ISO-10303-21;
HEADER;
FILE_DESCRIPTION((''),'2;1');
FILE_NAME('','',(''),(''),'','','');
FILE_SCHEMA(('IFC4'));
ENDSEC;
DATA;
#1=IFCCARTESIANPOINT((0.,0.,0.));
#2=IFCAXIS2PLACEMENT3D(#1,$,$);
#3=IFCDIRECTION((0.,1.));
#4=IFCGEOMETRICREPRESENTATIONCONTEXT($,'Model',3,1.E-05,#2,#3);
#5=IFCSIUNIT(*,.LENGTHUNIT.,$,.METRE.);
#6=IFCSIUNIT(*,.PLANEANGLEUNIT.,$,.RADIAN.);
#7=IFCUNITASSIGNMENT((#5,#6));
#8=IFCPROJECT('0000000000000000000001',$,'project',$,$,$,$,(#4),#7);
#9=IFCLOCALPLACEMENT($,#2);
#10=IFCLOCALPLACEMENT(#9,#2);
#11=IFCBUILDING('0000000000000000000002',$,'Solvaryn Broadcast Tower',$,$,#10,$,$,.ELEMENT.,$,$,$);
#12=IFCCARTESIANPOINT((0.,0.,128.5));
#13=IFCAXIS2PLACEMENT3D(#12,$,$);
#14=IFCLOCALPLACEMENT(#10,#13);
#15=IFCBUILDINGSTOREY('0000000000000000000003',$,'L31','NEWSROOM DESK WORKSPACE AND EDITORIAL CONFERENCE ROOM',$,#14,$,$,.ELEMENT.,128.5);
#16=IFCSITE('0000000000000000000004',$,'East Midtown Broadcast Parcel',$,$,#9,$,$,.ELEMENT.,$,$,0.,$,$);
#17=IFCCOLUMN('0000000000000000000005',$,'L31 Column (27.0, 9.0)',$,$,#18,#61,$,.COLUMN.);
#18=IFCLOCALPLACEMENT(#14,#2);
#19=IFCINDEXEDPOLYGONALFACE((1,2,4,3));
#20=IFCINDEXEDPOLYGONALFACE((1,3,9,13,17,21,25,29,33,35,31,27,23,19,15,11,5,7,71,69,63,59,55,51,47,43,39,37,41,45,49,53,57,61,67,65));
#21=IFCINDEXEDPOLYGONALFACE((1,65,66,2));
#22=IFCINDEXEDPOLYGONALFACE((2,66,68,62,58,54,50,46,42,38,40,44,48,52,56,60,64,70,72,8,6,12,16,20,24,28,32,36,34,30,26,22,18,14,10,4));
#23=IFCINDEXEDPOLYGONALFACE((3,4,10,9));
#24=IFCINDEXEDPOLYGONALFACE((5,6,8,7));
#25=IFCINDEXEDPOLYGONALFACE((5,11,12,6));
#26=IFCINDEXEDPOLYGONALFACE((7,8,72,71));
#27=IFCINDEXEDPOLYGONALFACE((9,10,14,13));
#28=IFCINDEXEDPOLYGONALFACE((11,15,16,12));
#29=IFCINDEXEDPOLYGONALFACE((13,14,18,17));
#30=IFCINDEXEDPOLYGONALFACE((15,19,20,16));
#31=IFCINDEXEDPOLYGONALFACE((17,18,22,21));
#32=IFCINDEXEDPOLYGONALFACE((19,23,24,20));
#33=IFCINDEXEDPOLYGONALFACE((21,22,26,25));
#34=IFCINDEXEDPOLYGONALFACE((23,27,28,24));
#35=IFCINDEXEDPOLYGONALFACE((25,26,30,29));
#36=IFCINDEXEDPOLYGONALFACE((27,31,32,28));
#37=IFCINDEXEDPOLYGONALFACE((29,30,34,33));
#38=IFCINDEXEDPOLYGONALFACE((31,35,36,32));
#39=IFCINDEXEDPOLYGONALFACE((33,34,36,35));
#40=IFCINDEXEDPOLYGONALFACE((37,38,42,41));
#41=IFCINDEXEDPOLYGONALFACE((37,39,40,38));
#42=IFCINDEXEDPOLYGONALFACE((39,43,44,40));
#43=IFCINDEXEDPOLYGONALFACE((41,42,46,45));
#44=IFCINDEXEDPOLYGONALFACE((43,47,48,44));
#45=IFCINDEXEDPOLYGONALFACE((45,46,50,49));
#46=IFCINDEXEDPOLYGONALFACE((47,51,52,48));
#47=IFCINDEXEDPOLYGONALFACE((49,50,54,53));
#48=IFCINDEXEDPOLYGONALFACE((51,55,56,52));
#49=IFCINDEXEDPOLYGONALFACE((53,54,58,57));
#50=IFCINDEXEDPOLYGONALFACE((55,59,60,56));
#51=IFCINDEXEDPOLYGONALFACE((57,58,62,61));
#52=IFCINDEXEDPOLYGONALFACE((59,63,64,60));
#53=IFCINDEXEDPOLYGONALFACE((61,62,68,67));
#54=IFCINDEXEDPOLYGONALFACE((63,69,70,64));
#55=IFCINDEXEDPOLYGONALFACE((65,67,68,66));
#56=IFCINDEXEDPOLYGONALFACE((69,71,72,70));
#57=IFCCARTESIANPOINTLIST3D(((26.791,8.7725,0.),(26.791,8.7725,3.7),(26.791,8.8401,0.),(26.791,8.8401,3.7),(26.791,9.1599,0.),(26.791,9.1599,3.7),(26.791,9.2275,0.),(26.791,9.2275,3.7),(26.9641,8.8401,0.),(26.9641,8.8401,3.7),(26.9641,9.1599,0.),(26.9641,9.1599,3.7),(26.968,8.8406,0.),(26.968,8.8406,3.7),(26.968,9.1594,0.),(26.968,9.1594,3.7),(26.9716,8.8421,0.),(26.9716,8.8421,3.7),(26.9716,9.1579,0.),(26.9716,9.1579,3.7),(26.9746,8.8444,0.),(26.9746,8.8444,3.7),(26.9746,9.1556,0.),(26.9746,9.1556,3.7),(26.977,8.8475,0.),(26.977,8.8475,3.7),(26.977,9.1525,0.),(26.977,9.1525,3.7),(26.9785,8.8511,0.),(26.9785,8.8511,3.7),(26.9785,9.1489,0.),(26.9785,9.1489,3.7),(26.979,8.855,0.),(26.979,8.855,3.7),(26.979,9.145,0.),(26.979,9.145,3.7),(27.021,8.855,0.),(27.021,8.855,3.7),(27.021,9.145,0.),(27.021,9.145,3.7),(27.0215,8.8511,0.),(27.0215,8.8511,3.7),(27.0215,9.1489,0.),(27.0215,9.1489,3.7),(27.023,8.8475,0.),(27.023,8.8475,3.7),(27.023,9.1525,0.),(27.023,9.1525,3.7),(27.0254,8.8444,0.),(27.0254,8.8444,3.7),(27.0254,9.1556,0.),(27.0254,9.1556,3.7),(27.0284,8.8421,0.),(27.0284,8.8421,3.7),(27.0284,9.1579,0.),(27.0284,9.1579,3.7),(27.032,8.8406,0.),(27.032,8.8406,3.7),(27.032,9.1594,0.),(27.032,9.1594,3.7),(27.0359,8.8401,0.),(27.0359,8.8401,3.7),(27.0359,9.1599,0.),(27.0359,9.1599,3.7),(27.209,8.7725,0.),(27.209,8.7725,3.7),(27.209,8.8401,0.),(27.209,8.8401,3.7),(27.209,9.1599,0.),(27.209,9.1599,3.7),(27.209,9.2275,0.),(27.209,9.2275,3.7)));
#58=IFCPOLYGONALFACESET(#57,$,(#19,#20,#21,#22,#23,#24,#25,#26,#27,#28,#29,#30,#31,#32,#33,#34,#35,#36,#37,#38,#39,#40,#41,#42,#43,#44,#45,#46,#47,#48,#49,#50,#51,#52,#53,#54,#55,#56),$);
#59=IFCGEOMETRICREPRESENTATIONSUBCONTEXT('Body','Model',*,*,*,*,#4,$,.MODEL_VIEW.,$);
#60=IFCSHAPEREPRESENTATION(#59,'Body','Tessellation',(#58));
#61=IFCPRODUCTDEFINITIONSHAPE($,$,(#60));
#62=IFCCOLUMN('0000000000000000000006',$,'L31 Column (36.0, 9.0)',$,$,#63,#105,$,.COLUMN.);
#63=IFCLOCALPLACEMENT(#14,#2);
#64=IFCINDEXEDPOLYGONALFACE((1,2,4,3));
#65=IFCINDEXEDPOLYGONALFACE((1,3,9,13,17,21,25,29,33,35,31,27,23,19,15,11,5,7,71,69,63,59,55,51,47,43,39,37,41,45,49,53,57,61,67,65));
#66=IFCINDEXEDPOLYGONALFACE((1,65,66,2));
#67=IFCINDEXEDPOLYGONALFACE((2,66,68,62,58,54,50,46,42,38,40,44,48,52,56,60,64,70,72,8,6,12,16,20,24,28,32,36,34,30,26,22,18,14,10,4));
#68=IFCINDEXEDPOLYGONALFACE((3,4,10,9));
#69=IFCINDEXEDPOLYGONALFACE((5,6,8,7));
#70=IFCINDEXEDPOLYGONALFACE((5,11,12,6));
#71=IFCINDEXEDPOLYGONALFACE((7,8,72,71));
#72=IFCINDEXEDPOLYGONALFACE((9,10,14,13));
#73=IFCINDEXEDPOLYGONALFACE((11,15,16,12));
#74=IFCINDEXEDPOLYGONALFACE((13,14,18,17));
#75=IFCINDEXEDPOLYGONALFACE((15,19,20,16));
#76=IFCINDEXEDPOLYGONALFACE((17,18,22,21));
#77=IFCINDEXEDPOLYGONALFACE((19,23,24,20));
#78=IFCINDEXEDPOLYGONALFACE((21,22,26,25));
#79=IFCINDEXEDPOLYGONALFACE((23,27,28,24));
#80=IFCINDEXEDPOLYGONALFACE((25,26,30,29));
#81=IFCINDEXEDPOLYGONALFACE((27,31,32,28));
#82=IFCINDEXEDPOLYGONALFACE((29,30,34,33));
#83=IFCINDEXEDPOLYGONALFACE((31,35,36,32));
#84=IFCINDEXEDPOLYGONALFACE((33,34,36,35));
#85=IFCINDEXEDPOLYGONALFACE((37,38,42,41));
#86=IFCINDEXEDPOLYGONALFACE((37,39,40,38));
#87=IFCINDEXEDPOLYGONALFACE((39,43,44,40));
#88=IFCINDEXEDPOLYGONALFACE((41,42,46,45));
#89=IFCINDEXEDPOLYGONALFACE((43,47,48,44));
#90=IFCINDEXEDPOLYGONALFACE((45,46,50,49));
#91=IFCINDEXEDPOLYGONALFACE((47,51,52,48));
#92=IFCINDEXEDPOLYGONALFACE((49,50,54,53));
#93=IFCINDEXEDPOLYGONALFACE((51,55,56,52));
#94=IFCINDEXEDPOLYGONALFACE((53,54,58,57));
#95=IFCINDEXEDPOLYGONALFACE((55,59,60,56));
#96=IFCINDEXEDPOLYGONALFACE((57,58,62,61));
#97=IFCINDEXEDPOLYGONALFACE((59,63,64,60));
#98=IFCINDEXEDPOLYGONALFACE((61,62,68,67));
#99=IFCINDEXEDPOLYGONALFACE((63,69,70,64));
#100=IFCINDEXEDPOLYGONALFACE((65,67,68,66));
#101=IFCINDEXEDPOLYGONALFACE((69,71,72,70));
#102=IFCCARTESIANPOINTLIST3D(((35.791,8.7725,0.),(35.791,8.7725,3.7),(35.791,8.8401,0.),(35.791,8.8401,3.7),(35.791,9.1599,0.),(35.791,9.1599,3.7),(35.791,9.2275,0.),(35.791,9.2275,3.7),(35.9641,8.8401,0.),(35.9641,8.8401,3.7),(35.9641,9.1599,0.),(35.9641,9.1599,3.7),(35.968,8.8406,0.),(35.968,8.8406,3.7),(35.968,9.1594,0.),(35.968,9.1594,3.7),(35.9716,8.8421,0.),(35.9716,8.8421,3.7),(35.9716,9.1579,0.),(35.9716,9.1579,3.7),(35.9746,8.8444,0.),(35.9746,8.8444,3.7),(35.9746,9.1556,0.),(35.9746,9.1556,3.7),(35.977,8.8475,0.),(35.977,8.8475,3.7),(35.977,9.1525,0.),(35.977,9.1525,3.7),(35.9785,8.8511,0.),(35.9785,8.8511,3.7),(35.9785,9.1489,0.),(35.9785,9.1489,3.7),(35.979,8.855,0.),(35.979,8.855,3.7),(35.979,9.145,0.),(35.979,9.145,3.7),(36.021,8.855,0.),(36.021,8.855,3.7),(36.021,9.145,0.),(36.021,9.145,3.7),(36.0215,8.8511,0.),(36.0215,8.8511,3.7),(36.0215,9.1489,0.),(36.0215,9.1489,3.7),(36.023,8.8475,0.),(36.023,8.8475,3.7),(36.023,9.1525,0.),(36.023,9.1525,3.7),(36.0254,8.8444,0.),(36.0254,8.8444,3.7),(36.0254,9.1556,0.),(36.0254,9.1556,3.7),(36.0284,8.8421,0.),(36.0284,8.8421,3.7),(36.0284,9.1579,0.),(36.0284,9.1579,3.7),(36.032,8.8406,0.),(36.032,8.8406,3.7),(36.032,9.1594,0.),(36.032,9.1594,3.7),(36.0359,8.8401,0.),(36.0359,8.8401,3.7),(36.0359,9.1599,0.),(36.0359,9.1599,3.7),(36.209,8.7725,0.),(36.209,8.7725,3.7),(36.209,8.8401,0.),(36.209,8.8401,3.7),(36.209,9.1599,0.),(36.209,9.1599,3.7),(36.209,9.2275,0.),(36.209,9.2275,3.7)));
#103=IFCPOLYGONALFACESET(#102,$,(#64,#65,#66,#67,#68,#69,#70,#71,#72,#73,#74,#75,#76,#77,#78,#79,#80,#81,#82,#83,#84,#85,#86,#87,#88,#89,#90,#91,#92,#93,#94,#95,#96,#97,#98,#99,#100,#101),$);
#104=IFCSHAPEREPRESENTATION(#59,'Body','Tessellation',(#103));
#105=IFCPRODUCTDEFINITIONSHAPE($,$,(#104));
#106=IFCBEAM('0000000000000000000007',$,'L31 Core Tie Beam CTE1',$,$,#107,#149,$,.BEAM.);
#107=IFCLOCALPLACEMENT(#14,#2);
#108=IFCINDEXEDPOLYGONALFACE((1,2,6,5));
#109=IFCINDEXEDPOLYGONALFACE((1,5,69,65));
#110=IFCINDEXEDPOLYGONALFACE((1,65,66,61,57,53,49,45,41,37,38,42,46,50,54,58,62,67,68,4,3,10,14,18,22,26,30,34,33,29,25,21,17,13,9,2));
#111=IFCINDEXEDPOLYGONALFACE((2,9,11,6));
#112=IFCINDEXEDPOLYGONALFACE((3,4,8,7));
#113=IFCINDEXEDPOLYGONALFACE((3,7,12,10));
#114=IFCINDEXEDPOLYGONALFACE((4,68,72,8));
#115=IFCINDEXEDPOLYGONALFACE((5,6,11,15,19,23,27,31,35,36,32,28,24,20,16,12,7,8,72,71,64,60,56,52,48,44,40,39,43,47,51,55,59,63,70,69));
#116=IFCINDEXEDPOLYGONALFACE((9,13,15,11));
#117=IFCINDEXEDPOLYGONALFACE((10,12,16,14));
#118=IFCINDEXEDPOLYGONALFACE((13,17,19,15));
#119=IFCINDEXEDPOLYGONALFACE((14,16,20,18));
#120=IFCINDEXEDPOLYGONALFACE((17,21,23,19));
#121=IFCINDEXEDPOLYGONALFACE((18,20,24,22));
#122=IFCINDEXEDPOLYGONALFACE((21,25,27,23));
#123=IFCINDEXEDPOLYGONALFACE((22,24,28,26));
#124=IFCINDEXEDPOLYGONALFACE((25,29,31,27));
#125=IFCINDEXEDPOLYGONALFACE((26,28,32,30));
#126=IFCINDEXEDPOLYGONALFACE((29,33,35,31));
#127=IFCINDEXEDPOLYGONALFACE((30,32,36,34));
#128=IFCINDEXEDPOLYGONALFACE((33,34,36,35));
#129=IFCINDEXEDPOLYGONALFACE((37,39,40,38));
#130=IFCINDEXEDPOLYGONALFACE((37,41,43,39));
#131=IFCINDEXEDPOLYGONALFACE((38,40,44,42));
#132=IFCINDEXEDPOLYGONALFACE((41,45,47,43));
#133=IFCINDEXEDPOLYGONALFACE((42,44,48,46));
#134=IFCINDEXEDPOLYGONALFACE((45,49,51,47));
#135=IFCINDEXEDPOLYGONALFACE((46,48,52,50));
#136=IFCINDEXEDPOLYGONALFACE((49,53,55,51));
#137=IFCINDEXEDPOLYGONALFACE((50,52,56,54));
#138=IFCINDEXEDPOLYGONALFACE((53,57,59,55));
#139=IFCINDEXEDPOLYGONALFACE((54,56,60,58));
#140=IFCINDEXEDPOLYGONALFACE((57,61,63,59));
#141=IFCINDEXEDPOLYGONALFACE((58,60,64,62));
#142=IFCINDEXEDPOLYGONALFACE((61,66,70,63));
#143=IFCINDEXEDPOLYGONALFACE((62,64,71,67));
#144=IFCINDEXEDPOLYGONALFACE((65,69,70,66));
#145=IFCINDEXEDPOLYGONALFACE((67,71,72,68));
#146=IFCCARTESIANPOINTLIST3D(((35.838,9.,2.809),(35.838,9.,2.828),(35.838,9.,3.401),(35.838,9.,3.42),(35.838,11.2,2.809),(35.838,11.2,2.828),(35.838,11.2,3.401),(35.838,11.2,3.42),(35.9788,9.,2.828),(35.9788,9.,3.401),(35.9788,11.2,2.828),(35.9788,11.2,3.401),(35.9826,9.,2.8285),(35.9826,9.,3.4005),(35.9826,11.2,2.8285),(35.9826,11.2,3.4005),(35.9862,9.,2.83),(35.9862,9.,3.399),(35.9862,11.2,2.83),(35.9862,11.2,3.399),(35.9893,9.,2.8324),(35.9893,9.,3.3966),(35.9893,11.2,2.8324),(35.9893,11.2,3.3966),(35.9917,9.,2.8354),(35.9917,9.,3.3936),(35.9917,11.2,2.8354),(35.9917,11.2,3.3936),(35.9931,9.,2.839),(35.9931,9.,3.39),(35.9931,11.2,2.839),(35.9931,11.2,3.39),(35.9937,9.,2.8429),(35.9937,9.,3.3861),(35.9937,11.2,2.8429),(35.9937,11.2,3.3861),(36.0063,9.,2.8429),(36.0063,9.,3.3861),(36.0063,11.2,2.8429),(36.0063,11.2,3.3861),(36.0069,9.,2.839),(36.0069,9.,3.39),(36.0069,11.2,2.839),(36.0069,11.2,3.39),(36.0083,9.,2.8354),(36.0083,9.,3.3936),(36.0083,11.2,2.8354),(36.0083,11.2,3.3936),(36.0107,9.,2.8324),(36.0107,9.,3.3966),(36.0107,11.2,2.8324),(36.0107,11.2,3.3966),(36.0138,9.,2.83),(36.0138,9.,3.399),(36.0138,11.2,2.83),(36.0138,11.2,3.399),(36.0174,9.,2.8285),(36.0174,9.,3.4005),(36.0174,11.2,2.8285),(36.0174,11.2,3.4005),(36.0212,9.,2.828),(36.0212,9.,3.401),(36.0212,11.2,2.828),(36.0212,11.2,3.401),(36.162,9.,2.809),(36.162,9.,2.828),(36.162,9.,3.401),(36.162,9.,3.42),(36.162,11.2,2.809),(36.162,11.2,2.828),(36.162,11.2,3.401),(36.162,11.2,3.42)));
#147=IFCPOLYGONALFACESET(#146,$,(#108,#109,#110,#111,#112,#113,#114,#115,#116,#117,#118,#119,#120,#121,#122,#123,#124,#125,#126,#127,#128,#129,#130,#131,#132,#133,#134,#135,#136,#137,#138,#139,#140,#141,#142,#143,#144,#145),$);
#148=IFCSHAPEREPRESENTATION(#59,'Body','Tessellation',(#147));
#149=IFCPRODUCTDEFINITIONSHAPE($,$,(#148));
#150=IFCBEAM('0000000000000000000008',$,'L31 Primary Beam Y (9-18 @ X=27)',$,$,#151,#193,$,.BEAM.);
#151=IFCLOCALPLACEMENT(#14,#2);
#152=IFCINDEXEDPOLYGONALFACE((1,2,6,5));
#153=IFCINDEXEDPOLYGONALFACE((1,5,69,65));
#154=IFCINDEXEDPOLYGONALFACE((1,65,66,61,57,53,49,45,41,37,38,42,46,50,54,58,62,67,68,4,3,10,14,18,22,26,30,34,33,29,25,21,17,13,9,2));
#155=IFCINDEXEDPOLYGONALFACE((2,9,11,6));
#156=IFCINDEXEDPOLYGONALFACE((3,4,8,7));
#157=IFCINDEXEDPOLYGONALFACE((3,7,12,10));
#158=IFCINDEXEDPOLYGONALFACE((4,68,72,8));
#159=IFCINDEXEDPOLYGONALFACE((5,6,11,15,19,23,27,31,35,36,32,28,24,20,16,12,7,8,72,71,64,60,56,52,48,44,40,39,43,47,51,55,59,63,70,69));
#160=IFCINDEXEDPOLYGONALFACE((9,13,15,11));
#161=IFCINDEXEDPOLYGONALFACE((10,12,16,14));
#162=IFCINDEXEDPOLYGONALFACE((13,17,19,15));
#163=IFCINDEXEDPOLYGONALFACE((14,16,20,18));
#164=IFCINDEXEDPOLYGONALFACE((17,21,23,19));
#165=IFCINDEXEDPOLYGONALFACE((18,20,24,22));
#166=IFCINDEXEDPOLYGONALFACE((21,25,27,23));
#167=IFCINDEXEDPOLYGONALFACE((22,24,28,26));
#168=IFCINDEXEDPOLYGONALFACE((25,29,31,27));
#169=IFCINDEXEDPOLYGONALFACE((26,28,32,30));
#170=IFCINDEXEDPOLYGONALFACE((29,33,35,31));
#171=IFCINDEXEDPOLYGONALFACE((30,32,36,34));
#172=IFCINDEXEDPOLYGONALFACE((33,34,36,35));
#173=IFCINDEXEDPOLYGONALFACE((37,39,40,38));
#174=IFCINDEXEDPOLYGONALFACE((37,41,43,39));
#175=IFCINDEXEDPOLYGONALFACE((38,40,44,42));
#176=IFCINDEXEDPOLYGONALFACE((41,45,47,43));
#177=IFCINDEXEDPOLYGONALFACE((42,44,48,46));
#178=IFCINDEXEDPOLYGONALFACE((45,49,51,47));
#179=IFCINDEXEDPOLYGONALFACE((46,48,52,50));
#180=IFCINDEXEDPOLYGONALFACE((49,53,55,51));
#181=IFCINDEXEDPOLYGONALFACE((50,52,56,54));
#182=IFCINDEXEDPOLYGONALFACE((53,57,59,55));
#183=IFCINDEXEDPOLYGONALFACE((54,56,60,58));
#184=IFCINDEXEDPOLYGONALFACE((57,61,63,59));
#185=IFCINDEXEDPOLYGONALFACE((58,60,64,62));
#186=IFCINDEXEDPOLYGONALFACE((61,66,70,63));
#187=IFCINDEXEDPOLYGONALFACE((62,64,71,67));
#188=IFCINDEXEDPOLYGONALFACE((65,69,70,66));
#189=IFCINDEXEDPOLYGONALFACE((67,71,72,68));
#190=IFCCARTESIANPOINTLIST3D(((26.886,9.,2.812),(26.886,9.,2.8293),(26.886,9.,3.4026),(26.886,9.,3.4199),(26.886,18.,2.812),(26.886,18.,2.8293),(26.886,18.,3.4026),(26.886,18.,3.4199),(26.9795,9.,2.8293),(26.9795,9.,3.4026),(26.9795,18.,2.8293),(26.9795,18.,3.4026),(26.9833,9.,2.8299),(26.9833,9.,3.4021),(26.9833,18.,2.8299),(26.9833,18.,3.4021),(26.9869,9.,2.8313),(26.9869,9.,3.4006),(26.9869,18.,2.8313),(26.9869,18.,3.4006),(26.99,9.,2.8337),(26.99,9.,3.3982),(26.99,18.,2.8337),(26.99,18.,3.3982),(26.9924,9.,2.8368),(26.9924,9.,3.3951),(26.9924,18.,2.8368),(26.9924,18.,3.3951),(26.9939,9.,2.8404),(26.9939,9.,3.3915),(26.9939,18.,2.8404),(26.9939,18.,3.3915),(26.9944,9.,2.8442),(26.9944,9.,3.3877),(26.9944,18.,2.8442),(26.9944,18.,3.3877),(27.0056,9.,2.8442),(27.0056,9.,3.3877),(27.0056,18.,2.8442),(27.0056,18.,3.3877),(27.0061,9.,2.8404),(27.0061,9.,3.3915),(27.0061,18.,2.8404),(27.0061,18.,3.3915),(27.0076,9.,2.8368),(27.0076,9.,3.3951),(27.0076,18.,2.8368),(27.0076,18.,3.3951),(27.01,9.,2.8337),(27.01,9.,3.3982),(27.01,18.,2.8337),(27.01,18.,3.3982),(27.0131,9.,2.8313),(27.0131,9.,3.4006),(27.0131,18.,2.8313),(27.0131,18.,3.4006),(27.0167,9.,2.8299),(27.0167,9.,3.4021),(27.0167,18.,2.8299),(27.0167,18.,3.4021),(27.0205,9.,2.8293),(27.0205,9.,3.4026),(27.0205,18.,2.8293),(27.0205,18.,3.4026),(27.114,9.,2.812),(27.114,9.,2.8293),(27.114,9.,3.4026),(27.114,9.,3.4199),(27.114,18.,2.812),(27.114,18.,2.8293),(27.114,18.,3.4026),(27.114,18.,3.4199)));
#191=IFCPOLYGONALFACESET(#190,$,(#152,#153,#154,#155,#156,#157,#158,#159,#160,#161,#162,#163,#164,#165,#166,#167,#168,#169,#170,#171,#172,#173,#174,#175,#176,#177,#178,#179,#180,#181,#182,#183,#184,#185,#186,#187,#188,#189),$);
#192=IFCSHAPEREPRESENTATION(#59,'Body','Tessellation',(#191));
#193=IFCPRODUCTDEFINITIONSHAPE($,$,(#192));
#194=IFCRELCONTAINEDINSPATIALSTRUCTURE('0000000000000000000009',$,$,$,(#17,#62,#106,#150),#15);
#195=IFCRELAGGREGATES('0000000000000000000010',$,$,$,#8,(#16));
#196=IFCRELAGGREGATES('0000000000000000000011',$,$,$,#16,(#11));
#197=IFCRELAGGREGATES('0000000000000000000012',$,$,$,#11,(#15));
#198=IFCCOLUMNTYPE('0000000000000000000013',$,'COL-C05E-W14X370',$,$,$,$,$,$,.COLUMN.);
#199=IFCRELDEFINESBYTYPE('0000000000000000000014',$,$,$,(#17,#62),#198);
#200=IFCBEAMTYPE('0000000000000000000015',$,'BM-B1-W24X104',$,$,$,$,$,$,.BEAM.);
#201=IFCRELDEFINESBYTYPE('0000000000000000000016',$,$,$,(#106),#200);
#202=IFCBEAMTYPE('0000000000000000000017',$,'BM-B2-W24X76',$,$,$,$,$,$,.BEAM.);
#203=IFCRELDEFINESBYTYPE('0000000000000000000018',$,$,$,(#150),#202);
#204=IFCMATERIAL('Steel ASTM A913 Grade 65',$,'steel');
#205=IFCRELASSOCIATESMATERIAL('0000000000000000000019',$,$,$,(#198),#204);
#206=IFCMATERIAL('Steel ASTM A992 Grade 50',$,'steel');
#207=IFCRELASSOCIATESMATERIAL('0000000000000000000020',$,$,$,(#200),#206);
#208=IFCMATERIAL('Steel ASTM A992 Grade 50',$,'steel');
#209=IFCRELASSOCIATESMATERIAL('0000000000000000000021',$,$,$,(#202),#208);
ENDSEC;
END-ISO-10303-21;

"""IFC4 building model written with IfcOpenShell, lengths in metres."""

from ifc_helpers import new_model, si_unit, direction, frame, origin, origin_2d, place, context, subcontext, project, spatial, i_section, extrude, material, material_profile, profile_set, type_object, element, save


model = new_model("IFC4")

# Units and contexts
model_context = context("Model", 3, precision=1e-05, world=origin(), true_north=direction((0.0, 1.0)))
body_context = subcontext(model_context, "Body", "Model", "MODEL_VIEW")
ifc_project = project(units=[si_unit("LENGTHUNIT", "METRE"), si_unit("PLANEANGLEUNIT", "RADIAN")], contexts=[model_context])

# Site, building, storey
site_placement = place(None, origin())
site = spatial("IfcSite", under=ifc_project, at=site_placement, Name="East Midtown Broadcast Parcel", CompositionType="ELEMENT", RefElevation=0.0)
building_placement = place(site_placement, origin())
building = spatial("IfcBuilding", under=site, at=building_placement, Name="Solvaryn Broadcast Tower", CompositionType="ELEMENT")
storey_placement = place(building_placement, frame((0.0, 0.0, 128.5)))
storey = spatial("IfcBuildingStorey", under=building, at=storey_placement, Name="L31", Description="NEWSROOM DESK WORKSPACE AND EDITORIAL CONFERENCE ROOM", CompositionType="ELEMENT", Elevation=128.5)

# Columns
ifc_material_1 = material(Name="Steel ASTM A913 Grade 65", Category="steel")
ifc_material_profile_1 = material_profile(ifc_material_1, i_section(OverallWidth=0.418, OverallDepth=0.4551, WebThickness=0.042, FlangeThickness=0.0676, FilletRadius=0.0149, at=origin_2d()))
ifc_profile_set_1 = profile_set([ifc_material_profile_1], Name="Steel ASTM A913 Grade 65")
column_type = type_object("IfcColumnType", Name="COL-C05E-W14X370", PredefinedType="COLUMN", material=ifc_profile_set_1)
for number, where, z_axis, x_axis, name in (
    (1, (27.0, 9.0, 0.0), (0.0, 0.0, 1.0), (1.0, 0.0, 0.0), "L31 Column (27.0, 9.0)"),
    (2, (36.0, 9.0, 0.0), (0.0, 0.0, 1.0), (1.0, 0.0, 0.0), "L31 Column (36.0, 9.0)"),
):
    element("IfcColumn", number, at=place(storey_placement, frame(where, z_axis=z_axis, x_axis=x_axis)), inside=storey, type_object=column_type, Name=name, PredefinedType="COLUMN", context=body_context, shape_type="SweptSolid", body=[
        extrude(i_section(OverallWidth=0.418, OverallDepth=0.4551, WebThickness=0.042, FlangeThickness=0.0676, FilletRadius=0.0149, at=origin_2d()), origin(), (0.0, 0.0, 1.0), 3.7),
    ])

# Beams
ifc_material_2 = material(Name="Steel ASTM A992 Grade 50", Category="steel")
ifc_material_profile_2 = material_profile(ifc_material_2, i_section(OverallWidth=0.324, OverallDepth=0.6111, WebThickness=0.0127, FlangeThickness=0.019, FilletRadius=0.0149, at=origin_2d()))
ifc_profile_set_2 = profile_set([ifc_material_profile_2], Name="Steel ASTM A992 Grade 50")
beam_type_1 = type_object("IfcBeamType", Name="BM-B1-W24X104", PredefinedType="BEAM", material=ifc_profile_set_2)
beam_1_placement = place(storey_placement, frame((36.0, 9.0, 3.1145), z_axis=(0.0, 1.0, 0.0), x_axis=(-1.0, 0.0, 0.0)))
element("IfcBeam", 3, at=beam_1_placement, inside=storey, type_object=beam_type_1, Name="L31 Core Tie Beam CTE1", PredefinedType="BEAM", context=body_context, shape_type="SweptSolid", body=[
    extrude(i_section(OverallWidth=0.324, OverallDepth=0.6111, WebThickness=0.0127, FlangeThickness=0.019, FilletRadius=0.0149, at=origin_2d()), origin(), (0.0, 0.0, 1.0), 2.2),
])
ifc_material_3 = material(Name="Steel ASTM A992 Grade 50", Category="steel")
ifc_material_profile_3 = material_profile(ifc_material_3, i_section(OverallWidth=0.228, OverallDepth=0.6079, WebThickness=0.0112, FlangeThickness=0.0173, FilletRadius=0.0149, at=origin_2d()))
ifc_profile_set_3 = profile_set([ifc_material_profile_3], Name="Steel ASTM A992 Grade 50")
beam_type_2 = type_object("IfcBeamType", Name="BM-B2-W24X76", PredefinedType="BEAM", material=ifc_profile_set_3)
beam_2_placement = place(storey_placement, frame((27.0, 9.0, 3.116), z_axis=(0.0, 1.0, 0.0), x_axis=(-1.0, 0.0, 0.0)))
element("IfcBeam", 4, at=beam_2_placement, inside=storey, type_object=beam_type_2, Name="L31 Primary Beam Y (9-18 @ X=27)", PredefinedType="BEAM", context=body_context, shape_type="SweptSolid", body=[
    extrude(i_section(OverallWidth=0.228, OverallDepth=0.6079, WebThickness=0.0112, FlangeThickness=0.0173, FilletRadius=0.0149, at=origin_2d()), origin(), (0.0, 0.0, 1.0), 9.0),
])

save(model, "model.ifc")
